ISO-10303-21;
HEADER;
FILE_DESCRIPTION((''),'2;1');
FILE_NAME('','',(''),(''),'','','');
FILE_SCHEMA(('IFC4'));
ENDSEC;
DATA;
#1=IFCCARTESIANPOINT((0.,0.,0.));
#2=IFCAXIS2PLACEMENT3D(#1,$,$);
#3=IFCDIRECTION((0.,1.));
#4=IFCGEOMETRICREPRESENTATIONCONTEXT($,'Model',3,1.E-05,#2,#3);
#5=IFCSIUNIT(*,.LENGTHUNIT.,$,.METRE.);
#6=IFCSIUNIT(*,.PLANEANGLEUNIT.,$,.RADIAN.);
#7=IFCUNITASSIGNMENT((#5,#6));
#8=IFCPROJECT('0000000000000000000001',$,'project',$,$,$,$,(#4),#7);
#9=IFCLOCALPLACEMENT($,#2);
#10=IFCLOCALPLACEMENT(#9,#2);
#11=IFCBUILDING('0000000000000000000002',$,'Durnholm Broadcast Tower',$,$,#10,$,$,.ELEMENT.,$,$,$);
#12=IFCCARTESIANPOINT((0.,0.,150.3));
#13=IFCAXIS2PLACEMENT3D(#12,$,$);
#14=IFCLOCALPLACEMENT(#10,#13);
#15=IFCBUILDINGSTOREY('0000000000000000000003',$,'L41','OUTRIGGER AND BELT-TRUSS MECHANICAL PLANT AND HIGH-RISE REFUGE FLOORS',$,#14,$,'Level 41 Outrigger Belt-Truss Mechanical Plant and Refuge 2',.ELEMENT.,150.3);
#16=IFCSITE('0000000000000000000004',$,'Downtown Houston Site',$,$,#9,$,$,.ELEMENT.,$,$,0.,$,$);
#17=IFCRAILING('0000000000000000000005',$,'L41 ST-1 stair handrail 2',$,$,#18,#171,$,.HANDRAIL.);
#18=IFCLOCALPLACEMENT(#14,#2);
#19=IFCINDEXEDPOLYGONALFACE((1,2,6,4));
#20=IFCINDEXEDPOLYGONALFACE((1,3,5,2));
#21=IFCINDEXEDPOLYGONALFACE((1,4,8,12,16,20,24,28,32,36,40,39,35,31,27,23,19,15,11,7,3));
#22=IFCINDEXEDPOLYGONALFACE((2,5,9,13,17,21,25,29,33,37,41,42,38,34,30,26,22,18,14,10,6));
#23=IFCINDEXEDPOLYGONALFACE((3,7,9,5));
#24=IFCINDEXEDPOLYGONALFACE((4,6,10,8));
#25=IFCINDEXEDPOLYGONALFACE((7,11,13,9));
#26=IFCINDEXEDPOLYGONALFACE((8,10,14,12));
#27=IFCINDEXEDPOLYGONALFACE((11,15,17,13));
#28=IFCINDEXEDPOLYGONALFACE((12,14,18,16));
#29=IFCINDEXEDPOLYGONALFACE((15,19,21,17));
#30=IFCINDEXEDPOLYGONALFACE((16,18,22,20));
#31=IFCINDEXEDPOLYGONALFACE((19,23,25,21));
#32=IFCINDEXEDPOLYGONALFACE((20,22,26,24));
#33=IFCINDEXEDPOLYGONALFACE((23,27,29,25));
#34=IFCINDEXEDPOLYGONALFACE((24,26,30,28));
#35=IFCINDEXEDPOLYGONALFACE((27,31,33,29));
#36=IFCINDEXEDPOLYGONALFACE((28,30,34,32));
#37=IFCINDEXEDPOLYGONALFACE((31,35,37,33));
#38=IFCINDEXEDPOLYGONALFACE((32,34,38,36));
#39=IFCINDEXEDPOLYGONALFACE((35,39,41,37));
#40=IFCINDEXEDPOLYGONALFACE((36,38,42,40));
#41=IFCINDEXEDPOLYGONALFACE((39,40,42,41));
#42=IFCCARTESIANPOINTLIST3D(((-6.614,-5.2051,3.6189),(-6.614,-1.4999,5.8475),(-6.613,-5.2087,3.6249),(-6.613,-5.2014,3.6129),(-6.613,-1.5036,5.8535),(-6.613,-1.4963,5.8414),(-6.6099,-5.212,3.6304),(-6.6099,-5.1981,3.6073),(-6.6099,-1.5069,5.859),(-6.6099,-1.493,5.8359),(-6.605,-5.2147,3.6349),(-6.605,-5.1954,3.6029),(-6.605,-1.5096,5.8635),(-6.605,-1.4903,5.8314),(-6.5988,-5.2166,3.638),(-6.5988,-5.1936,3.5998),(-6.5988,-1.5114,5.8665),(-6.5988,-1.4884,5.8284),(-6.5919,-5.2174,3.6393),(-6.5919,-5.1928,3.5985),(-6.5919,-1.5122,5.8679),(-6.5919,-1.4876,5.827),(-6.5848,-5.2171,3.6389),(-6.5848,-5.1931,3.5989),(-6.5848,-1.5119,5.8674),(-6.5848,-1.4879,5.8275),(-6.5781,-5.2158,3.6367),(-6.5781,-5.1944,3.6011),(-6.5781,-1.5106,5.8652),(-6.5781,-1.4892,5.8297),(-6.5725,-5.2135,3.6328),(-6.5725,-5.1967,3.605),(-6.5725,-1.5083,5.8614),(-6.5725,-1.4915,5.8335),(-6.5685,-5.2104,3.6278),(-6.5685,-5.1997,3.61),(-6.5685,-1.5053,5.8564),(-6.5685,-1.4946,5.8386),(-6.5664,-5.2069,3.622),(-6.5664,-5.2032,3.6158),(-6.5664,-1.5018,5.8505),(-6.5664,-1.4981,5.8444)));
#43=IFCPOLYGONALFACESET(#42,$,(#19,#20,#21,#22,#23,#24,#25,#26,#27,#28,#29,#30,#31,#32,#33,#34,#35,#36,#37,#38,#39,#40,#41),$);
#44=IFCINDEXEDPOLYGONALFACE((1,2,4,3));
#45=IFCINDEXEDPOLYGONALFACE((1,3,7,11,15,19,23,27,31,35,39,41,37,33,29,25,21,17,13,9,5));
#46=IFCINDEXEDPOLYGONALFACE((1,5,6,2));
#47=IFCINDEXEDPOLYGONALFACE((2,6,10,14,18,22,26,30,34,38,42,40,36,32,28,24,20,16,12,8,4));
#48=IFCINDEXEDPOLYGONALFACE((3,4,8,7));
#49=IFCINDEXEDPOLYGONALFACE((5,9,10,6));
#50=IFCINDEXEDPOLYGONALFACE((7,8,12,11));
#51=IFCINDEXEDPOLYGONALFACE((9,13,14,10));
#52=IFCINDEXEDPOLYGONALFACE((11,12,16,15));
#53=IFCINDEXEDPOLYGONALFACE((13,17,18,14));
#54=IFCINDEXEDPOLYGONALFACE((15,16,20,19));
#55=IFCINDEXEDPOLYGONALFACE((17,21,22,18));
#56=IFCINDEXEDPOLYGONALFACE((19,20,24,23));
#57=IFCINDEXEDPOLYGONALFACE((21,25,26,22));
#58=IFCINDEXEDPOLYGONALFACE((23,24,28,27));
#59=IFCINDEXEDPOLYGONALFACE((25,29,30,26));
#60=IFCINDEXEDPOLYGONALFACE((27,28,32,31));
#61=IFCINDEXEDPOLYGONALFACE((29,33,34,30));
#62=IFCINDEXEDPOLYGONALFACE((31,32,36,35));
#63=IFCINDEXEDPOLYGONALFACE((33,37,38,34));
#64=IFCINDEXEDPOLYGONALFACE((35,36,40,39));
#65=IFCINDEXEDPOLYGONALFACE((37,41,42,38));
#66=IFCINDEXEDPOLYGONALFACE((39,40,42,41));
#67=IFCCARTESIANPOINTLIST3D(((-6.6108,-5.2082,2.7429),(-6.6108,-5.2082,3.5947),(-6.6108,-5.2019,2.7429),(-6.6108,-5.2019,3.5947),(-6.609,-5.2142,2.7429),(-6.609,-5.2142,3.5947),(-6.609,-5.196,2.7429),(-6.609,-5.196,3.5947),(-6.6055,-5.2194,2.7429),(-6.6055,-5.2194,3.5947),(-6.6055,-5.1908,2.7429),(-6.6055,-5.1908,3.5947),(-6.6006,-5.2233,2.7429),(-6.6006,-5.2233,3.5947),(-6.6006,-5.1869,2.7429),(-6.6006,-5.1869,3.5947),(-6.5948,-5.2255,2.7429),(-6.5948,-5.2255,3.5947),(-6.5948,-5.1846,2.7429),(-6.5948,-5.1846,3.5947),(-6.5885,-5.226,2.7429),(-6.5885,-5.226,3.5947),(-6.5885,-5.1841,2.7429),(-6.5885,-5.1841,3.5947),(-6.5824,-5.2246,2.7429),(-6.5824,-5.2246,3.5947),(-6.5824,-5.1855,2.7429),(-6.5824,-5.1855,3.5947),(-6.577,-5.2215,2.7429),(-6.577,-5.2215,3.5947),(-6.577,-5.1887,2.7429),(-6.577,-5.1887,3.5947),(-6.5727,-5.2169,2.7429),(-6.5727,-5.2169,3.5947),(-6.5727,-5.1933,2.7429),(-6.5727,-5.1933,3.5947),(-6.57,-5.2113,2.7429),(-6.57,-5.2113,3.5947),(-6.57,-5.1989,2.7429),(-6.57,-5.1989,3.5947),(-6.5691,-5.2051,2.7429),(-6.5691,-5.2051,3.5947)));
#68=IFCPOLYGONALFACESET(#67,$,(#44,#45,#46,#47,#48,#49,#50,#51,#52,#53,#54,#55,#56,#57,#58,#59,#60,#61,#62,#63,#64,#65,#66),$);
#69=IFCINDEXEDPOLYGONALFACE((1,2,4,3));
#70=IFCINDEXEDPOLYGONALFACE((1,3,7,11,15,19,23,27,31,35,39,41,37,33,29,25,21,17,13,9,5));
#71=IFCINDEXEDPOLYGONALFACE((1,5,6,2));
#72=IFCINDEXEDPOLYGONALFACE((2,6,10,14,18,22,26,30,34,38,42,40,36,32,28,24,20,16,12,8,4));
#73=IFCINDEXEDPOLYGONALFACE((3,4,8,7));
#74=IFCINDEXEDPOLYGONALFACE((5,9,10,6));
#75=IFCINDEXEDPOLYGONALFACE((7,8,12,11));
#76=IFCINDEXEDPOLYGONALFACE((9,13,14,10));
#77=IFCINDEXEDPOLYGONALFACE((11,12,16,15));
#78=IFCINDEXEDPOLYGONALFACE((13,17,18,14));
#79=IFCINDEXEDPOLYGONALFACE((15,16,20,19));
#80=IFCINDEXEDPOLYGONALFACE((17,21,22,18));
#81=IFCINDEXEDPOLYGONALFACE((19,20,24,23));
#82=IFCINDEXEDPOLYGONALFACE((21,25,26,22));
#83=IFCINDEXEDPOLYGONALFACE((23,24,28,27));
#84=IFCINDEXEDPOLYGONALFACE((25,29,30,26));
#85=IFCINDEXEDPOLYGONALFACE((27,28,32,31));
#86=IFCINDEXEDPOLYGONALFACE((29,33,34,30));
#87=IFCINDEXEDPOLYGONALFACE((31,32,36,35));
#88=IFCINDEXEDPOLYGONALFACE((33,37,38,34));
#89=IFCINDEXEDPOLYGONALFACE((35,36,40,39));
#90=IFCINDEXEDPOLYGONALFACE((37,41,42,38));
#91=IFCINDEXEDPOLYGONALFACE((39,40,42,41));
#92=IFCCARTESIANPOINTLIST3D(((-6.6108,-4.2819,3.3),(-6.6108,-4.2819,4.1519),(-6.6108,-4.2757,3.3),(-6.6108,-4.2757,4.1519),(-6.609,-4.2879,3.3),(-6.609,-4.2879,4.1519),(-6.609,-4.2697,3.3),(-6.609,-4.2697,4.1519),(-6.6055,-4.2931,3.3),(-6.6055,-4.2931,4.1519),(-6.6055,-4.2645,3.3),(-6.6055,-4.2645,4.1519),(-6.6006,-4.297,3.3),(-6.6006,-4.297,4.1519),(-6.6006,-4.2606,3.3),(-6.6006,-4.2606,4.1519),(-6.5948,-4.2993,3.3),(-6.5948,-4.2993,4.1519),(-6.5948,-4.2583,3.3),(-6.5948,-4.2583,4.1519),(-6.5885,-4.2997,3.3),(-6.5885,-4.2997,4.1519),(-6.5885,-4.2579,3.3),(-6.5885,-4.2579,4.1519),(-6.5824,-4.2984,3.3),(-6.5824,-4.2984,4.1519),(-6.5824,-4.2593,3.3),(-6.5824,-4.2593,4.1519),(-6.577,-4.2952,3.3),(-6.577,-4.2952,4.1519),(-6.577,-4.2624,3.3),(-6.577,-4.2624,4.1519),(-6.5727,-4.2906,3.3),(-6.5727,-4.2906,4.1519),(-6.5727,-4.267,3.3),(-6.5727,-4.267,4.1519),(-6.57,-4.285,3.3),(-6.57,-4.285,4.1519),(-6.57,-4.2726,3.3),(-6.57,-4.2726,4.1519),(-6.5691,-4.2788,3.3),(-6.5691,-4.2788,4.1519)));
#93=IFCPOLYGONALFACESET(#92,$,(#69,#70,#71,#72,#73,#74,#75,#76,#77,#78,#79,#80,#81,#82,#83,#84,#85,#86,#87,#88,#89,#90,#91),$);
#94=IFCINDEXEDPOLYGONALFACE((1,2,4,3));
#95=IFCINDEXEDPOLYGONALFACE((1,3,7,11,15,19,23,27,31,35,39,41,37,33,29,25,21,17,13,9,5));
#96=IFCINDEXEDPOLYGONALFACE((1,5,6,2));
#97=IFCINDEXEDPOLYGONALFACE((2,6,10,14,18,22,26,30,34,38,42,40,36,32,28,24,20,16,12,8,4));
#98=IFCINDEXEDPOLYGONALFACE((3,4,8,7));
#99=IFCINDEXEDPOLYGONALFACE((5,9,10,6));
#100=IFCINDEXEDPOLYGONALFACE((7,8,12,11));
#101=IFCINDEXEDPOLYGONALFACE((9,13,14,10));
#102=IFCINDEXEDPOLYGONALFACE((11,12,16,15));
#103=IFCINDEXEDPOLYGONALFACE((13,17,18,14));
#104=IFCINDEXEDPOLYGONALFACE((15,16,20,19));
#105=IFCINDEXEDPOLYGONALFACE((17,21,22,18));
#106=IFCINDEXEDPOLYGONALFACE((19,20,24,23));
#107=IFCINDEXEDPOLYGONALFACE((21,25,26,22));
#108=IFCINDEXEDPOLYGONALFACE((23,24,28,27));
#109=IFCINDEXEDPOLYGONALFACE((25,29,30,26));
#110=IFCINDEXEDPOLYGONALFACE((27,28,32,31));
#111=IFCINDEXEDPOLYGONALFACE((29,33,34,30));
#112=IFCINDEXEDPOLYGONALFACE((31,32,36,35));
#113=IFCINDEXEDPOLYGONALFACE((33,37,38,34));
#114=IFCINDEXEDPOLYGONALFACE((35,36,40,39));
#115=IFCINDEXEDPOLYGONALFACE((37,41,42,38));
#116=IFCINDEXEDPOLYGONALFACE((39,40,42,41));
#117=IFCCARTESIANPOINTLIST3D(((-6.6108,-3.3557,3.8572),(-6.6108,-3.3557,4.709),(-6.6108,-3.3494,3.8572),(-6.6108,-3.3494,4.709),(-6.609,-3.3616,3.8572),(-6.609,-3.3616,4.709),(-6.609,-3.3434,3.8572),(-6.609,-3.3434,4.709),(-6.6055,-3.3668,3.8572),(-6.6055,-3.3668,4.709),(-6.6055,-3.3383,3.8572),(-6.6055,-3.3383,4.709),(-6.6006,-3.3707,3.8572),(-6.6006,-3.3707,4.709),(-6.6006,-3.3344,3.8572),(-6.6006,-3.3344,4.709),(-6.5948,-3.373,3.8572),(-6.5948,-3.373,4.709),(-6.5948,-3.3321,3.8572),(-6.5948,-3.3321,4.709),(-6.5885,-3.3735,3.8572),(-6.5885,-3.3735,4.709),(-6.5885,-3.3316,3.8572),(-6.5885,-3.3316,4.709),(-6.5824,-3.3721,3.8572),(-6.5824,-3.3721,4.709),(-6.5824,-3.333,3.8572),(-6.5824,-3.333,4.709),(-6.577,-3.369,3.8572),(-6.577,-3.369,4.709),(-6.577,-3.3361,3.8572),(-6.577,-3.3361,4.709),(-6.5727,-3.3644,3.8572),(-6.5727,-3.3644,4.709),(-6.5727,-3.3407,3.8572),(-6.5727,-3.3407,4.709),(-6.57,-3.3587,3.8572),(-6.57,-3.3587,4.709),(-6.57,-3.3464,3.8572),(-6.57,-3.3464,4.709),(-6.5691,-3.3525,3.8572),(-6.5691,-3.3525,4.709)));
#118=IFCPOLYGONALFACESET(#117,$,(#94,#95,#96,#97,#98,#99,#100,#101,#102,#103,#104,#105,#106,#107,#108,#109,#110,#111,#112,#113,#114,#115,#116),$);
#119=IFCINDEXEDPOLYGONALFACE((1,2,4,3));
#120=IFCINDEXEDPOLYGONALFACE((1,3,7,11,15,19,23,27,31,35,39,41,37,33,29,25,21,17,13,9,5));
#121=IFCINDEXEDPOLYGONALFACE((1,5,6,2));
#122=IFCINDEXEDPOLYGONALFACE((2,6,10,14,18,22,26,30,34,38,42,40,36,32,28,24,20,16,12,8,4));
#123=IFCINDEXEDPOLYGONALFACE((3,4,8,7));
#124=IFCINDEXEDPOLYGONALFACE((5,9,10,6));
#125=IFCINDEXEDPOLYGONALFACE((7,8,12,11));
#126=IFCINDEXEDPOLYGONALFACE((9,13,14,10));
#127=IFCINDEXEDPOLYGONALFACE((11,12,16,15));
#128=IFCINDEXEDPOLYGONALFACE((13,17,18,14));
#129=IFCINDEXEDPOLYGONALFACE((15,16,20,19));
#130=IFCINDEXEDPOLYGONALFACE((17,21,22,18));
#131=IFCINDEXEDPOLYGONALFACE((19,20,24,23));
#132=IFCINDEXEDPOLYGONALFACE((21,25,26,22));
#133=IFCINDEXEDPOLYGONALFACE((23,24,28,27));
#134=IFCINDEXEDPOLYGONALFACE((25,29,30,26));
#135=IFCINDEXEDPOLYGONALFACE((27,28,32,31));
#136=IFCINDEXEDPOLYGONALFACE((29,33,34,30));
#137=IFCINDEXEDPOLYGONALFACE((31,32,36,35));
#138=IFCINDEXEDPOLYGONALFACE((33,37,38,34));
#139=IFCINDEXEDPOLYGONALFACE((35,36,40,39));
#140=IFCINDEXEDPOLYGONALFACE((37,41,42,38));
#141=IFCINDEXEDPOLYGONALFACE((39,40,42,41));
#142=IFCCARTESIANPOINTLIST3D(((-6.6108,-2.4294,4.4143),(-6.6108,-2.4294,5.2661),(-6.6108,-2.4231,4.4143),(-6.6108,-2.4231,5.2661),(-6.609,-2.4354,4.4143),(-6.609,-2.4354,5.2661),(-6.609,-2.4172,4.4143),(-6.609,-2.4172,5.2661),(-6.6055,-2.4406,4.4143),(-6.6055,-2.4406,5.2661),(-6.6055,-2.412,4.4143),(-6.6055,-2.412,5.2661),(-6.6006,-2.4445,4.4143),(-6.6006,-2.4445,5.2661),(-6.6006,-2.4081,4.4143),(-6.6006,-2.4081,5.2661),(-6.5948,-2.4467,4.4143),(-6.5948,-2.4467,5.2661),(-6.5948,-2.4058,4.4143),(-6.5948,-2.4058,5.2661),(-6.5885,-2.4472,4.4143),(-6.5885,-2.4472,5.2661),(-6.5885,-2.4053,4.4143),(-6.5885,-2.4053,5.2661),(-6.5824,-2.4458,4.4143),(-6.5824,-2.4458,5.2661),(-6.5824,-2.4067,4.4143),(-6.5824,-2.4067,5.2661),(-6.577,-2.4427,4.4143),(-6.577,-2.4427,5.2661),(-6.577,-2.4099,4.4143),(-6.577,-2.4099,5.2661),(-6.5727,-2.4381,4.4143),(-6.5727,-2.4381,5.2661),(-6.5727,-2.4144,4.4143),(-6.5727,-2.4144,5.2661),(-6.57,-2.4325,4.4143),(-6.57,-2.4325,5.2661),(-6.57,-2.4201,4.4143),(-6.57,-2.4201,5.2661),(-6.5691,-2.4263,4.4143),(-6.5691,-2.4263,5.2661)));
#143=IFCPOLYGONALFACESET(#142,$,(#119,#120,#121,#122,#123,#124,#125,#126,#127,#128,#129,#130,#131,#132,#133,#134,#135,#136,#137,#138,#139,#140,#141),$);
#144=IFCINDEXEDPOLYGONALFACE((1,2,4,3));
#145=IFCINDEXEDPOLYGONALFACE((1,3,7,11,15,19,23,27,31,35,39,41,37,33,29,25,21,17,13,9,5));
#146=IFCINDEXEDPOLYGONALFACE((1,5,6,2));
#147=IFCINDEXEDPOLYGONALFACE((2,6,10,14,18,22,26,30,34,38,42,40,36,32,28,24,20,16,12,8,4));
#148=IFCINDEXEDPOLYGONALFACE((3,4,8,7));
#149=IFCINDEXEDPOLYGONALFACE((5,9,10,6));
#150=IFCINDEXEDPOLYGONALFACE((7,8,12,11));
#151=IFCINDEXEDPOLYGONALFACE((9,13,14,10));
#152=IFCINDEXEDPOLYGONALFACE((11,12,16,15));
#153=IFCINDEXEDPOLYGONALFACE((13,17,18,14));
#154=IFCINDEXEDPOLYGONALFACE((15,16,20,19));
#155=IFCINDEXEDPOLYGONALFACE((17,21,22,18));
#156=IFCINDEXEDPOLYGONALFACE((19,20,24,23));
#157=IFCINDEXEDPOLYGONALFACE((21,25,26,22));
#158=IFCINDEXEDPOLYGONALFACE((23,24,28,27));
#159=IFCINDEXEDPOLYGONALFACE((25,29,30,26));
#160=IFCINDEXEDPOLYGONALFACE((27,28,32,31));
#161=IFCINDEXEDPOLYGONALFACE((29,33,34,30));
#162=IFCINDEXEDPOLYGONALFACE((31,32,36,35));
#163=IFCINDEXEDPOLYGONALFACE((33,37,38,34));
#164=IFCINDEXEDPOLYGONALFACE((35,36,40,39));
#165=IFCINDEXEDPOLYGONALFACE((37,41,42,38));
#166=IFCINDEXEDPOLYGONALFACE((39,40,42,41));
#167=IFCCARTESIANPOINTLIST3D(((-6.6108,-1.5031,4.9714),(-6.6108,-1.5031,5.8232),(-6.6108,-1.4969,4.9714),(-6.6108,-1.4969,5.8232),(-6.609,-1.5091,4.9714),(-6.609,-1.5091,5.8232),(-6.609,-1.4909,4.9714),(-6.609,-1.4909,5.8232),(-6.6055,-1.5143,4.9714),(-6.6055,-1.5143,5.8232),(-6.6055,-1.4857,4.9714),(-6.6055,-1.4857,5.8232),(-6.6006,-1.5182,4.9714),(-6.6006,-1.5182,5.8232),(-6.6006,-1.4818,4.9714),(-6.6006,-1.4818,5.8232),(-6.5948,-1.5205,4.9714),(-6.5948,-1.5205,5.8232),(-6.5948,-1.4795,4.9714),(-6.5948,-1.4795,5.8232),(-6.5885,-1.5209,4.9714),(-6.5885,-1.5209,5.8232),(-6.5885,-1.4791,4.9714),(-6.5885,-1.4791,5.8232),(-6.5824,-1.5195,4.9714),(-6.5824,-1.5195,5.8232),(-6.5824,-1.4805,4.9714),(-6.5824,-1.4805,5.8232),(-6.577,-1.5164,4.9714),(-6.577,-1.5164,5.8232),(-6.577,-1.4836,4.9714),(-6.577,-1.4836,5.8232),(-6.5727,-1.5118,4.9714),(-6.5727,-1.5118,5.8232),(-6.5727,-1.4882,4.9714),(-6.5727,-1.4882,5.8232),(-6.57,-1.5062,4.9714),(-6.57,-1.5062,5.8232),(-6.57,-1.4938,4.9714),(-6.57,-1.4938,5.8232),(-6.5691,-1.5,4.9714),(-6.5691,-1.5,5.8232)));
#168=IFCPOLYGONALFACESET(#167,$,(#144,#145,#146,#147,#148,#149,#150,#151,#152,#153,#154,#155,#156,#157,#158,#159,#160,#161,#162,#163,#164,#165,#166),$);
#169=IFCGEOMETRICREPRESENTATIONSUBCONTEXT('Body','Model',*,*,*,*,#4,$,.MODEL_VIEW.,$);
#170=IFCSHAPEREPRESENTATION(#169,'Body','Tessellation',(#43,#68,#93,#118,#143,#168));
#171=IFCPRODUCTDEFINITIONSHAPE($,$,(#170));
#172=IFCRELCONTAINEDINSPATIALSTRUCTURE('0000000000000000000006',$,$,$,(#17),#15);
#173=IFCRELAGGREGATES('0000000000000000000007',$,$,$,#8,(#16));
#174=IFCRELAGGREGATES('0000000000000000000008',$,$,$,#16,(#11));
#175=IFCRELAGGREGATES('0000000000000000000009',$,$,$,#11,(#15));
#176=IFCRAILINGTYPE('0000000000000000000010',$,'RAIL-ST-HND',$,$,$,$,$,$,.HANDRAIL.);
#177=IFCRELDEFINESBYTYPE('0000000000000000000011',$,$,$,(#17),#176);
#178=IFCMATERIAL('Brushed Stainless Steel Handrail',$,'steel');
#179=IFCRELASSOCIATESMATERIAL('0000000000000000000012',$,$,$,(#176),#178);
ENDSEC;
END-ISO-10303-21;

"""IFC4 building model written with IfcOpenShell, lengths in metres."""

from ifc_helpers import new_model, si_unit, direction, frame, origin, origin_2d, place, context, subcontext, project, spatial, circle, extrude, material, type_object, element, save


model = new_model("IFC4")

# Units and contexts
model_context = context("Model", 3, precision=1e-05, world=origin(), true_north=direction((0.0, 1.0)))
body_context = subcontext(model_context, "Body", "Model", "MODEL_VIEW")
ifc_project = project(units=[si_unit("LENGTHUNIT", "METRE"), si_unit("PLANEANGLEUNIT", "RADIAN")], contexts=[model_context])

# Site, building, storey
site_placement = place(None, origin())
site = spatial("IfcSite", under=ifc_project, at=site_placement, Name="Downtown Houston Site", CompositionType="ELEMENT", RefElevation=0.0)
building_placement = place(site_placement, origin())
building = spatial("IfcBuilding", under=site, at=building_placement, Name="Durnholm Broadcast Tower", CompositionType="ELEMENT")
storey_placement = place(building_placement, frame((0.0, 0.0, 150.3)))
storey = spatial("IfcBuildingStorey", under=building, at=storey_placement, Name="L41", Description="OUTRIGGER AND BELT-TRUSS MECHANICAL PLANT AND HIGH-RISE REFUGE FLOORS", LongName="Level 41 Outrigger Belt-Truss Mechanical Plant and Refuge 2", CompositionType="ELEMENT", Elevation=150.3)

# Railing
ifc_material_1 = material(Name="Brushed Stainless Steel Handrail", Category="steel")
railing_type_1 = type_object("IfcRailingType", Name="RAIL-ST-HND", PredefinedType="HANDRAIL", material=ifc_material_1)
railing_1_placement = place(storey_placement, frame((-6.5901, -5.2051, 2.7429)))
element("IfcRailing", 1, at=railing_1_placement, inside=storey, type_object=railing_type_1, Name="L41 ST-1 stair handrail 2", PredefinedType="HANDRAIL", context=body_context, shape_type="SweptSolid", body=[
    extrude(circle(Radius=0.0239, at=origin_2d()), frame((0.0, 0.0, 0.876), z_axis=(0.0, 0.856934, 0.515425), x_axis=(-1.0, 0.0, 0.0)), (0.0, 0.0, 1.0), 4.3237),
    extrude(circle(Radius=0.021, at=origin_2d()), origin(), (0.0, 0.0, 1.0), 0.8518),
    extrude(circle(Radius=0.021, at=origin_2d()), frame((0.0, 0.9263, 0.5571)), (0.0, 0.0, 1.0), 0.8518),
    extrude(circle(Radius=0.021, at=origin_2d()), frame((0.0, 1.8525, 1.1143)), (0.0, 0.0, 1.0), 0.8518),
    extrude(circle(Radius=0.021, at=origin_2d()), frame((0.0, 2.7788, 1.6714)), (0.0, 0.0, 1.0), 0.8518),
    extrude(circle(Radius=0.021, at=origin_2d()), frame((0.0, 3.7051, 2.2285)), (0.0, 0.0, 1.0), 0.8518),
])

save(model, "model.ifc")
